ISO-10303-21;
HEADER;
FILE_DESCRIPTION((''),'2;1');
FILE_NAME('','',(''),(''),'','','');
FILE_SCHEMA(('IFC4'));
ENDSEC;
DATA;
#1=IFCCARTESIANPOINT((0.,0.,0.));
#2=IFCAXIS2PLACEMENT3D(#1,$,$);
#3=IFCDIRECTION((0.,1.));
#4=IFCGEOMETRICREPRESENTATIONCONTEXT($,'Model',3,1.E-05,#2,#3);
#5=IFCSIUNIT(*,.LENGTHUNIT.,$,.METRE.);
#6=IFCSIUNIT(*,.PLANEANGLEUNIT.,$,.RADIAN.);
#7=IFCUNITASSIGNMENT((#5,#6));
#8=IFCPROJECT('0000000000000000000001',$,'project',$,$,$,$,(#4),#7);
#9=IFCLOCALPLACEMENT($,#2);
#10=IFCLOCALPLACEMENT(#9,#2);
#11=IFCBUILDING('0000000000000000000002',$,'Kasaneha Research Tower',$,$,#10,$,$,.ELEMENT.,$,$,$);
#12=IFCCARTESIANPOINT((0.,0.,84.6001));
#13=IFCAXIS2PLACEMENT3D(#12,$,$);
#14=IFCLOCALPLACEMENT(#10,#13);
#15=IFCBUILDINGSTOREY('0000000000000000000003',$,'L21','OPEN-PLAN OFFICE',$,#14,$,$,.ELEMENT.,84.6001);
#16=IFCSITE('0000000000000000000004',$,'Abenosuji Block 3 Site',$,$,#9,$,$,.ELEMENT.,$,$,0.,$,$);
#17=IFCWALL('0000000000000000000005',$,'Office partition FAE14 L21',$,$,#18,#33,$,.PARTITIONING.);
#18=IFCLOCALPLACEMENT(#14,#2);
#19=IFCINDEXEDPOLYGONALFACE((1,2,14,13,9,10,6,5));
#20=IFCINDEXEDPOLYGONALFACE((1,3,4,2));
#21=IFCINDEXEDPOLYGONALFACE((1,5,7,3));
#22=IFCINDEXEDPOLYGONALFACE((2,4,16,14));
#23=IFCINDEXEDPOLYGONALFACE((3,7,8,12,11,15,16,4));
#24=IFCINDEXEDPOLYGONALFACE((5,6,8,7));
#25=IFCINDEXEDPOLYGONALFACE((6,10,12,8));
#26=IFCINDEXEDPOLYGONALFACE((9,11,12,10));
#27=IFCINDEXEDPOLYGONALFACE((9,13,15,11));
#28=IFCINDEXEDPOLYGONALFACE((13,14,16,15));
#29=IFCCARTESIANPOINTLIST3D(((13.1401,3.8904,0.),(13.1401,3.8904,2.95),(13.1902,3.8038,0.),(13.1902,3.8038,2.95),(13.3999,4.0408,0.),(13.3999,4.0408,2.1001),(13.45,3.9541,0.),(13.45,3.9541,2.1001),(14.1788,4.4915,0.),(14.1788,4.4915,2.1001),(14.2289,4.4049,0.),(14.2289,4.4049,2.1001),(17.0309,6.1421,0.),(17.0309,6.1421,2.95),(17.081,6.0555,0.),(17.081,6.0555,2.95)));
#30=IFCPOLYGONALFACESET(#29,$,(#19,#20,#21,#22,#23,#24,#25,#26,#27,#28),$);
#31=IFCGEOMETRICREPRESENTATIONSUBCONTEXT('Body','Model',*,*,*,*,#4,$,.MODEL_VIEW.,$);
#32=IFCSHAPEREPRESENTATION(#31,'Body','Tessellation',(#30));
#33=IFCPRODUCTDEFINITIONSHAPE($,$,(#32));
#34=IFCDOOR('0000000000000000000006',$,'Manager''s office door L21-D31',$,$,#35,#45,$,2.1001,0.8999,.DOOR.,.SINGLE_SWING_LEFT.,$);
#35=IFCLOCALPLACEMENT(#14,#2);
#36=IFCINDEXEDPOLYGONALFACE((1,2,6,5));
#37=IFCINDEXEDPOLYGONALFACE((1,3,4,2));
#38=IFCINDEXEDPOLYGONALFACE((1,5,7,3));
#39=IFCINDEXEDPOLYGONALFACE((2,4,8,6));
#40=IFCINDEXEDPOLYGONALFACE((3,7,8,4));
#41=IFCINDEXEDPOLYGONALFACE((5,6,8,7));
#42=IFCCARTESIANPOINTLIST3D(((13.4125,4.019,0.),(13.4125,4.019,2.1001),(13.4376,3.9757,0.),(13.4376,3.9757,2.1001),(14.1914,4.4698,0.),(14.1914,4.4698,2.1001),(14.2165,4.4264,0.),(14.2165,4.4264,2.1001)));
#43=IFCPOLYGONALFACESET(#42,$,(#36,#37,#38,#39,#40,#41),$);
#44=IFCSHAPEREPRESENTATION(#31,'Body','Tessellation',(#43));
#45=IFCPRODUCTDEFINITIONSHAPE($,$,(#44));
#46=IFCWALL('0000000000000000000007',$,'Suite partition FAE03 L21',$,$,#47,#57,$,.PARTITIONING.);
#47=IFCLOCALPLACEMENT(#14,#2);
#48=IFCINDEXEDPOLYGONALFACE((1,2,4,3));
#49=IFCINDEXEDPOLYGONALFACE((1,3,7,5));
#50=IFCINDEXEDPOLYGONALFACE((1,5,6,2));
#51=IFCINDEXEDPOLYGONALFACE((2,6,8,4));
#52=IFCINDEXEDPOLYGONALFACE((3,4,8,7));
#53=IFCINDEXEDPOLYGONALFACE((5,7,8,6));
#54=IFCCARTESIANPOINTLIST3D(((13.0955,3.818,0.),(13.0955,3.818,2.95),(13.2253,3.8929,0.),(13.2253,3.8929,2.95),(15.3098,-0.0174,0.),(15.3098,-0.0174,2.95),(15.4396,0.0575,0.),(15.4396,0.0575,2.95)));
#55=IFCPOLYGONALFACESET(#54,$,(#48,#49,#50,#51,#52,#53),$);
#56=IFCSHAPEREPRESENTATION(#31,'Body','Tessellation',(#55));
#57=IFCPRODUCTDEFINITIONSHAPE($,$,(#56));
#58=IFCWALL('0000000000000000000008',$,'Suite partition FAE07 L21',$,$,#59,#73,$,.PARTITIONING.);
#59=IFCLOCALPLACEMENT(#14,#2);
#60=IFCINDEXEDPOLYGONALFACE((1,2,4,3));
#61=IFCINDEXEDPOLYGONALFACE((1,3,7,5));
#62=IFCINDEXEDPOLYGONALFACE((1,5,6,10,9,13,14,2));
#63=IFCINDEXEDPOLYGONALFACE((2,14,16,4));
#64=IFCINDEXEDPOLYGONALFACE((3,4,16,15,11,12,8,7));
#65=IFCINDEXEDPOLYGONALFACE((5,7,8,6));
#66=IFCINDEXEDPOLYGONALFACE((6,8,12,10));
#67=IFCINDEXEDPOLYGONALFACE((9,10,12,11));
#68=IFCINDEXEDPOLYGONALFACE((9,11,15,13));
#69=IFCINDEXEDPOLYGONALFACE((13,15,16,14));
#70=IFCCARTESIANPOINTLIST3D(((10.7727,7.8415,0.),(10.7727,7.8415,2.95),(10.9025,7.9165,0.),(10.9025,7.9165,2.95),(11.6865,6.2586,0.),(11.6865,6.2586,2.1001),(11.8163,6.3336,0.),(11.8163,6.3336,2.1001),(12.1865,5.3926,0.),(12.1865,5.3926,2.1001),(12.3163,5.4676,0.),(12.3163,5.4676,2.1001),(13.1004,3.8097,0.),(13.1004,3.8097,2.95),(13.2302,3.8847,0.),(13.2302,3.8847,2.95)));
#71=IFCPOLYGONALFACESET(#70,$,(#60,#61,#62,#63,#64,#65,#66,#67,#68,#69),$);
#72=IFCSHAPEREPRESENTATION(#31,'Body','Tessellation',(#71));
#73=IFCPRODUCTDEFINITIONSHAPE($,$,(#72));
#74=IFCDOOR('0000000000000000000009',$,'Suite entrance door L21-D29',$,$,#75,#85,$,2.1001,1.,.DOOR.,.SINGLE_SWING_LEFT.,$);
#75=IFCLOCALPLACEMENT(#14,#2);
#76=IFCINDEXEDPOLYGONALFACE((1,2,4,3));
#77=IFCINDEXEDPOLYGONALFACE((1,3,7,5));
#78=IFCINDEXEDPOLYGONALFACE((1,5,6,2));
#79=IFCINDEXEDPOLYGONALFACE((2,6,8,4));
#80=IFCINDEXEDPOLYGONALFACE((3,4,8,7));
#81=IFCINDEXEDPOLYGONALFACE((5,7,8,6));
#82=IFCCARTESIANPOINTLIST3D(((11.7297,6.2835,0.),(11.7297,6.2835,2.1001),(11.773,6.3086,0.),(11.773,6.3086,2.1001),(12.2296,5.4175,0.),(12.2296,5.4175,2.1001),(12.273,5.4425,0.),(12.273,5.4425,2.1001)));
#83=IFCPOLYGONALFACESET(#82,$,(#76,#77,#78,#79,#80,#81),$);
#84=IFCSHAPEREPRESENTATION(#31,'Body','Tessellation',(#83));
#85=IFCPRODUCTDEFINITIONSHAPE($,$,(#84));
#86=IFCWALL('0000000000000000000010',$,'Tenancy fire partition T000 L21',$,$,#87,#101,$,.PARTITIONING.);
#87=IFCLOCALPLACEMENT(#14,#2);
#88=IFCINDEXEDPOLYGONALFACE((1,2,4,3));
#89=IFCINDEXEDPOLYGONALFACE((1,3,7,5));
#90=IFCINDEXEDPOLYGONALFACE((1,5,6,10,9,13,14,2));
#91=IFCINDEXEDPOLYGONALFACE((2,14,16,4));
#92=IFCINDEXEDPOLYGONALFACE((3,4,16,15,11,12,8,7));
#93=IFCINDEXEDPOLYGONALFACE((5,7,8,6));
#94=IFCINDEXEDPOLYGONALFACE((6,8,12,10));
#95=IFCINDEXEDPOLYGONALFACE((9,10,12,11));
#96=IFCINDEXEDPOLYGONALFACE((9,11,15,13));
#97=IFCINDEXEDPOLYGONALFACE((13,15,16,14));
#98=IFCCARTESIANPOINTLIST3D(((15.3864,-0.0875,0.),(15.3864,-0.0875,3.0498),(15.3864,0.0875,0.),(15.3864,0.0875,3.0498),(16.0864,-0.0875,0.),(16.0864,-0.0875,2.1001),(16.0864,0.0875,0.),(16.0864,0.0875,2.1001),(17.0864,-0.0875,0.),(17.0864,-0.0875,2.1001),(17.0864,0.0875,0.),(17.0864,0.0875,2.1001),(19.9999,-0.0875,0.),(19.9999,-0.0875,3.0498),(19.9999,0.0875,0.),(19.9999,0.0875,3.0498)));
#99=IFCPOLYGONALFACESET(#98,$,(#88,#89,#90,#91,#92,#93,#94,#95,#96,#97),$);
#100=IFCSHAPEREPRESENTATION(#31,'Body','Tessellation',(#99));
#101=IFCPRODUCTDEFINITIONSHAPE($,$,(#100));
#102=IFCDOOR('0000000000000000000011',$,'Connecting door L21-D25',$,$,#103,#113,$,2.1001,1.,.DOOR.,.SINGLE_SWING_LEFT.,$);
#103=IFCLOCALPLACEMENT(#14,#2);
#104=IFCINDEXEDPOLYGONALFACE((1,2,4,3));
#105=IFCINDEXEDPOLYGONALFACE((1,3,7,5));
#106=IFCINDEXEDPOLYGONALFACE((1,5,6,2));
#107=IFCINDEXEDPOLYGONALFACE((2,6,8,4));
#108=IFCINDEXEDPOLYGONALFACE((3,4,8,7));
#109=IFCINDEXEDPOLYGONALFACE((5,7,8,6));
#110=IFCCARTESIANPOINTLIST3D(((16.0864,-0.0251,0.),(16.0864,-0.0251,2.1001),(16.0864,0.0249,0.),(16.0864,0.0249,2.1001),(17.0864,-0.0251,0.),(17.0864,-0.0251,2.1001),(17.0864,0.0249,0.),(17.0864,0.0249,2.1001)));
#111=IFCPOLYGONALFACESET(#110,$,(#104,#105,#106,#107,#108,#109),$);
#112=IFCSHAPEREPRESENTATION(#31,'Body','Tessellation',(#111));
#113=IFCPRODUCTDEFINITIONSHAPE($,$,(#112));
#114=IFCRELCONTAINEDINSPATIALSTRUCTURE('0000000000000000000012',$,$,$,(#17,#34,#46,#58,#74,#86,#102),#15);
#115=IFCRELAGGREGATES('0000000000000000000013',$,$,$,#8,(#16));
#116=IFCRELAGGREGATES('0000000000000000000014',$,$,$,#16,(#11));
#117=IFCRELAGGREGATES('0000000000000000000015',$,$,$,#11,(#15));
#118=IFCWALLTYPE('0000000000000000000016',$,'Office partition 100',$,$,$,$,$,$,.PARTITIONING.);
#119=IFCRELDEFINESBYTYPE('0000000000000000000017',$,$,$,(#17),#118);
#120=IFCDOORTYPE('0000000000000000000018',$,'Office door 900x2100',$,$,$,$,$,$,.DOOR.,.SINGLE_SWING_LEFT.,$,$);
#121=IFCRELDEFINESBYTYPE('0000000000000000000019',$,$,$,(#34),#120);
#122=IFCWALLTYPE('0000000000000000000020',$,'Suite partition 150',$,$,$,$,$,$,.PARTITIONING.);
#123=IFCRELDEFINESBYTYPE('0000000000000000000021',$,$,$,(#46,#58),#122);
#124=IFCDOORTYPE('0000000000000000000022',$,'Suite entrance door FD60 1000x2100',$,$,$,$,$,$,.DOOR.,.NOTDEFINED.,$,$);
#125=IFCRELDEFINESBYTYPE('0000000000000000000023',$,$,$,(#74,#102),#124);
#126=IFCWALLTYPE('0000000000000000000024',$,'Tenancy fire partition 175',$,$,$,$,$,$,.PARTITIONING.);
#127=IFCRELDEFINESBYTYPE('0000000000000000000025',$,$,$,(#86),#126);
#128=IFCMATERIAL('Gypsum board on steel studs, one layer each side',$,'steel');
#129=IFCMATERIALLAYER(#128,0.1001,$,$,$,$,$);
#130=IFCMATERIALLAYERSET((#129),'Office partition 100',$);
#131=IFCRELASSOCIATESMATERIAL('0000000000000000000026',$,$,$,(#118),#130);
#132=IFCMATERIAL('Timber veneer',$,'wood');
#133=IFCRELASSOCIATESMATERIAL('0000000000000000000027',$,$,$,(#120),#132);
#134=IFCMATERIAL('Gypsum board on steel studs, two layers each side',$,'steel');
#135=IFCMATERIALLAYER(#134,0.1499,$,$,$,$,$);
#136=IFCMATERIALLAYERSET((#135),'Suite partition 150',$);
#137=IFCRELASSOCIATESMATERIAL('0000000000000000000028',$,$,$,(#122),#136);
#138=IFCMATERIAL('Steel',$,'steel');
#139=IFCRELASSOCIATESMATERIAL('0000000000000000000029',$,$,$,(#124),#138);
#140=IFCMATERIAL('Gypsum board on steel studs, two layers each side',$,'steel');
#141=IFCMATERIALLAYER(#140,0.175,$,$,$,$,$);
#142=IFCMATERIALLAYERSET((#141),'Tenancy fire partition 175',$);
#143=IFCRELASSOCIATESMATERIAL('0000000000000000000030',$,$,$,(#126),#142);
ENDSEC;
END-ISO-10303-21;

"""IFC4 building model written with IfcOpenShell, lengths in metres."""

from ifc_helpers import new_model, si_unit, direction, frame, frame_2d, origin, place, context, subcontext, project, spatial, rectangle, extrude, material, layer, layer_set, type_object, element, fill, save


model = new_model("IFC4")

# Units and contexts
model_context = context("Model", 3, precision=1e-05, world=origin(), true_north=direction((0.0, 1.0)))
body_context = subcontext(model_context, "Body", "Model", "MODEL_VIEW")
ifc_project = project(units=[si_unit("LENGTHUNIT", "METRE"), si_unit("PLANEANGLEUNIT", "RADIAN")], contexts=[model_context])

# Site, building, storey
site_placement = place(None, origin())
site = spatial("IfcSite", under=ifc_project, at=site_placement, Name="Abenosuji Block 3 Site", CompositionType="ELEMENT", RefElevation=0.0)
building_placement = place(site_placement, origin())
building = spatial("IfcBuilding", under=site, at=building_placement, Name="Kasaneha Research Tower", CompositionType="ELEMENT")
storey_placement = place(building_placement, frame((0.0, 0.0, 84.6001)))
storey = spatial("IfcBuildingStorey", under=building, at=storey_placement, Name="L21", Description="OPEN-PLAN OFFICE", CompositionType="ELEMENT", Elevation=84.6001)

# Shared definitions
ifc_material_1 = material(Name="Gypsum board on steel studs, one layer each side", Category="steel")
ifc_layer_1 = layer(ifc_material_1, 0.1001)
ifc_layer_set_1 = layer_set([ifc_layer_1], Name="Office partition 100")
wall_type_1 = type_object("IfcWallType", Name="Office partition 100", PredefinedType="PARTITIONING", material=ifc_layer_set_1)

# Wall, opening, door
wall_1_placement = place(storey_placement, frame((13.1653, 3.8472, 0.0), z_axis=(0.0, 0.0, 1.0), x_axis=(0.865513, 0.500886, 0.0)))
wall_1 = element("IfcWall", 1, at=wall_1_placement, inside=storey, type_object=wall_type_1, Name="Office partition FAE14 L21", PredefinedType="PARTITIONING", context=body_context, shape_type="SweptSolid", body=[
    extrude(rectangle(XDim=4.4954, YDim=0.1001, at=frame_2d((2.2476, 0.0))), origin(), (0.0, 0.0, 1.0), 2.95),
])
opening_1_placement = place(wall_1_placement, frame((0.3, 0.0, 0.0)))
opening_1 = element("IfcOpeningElement", 2, at=opening_1_placement, cuts=wall_1, PredefinedType="OPENING", context=body_context, shape_type="SweptSolid", body=[
    extrude(rectangle(XDim=0.8999, YDim=2.1001, at=frame_2d((0.45, 1.05))), frame((0.0, 0.0601, 0.0), z_axis=(0.0, -1.0, 0.0), x_axis=(1.0, 0.0, 0.0)), (0.0, 0.0, 1.0), 0.1201),
])
ifc_material_2 = material(Name="Timber veneer", Category="wood")
door_type_1 = type_object("IfcDoorType", Name="Office door 900x2100", OperationType="SINGLE_SWING_LEFT", PredefinedType="DOOR", material=ifc_material_2)
door_1_placement = place(opening_1_placement, origin())
door_1 = element("IfcDoor", 3, at=door_1_placement, inside=storey, type_object=door_type_1, Name="Manager's office door L21-D31", OperationType="SINGLE_SWING_LEFT", OverallHeight=2.1001, OverallWidth=0.8999, PredefinedType="DOOR", context=body_context, shape_type="SweptSolid", body=[
    extrude(rectangle(XDim=0.8999, YDim=2.1001, at=frame_2d((0.45, 1.05))), frame((0.0, 0.0249, 0.0), z_axis=(0.0, -1.0, 0.0), x_axis=(1.0, 0.0, 0.0)), (0.0, 0.0, 1.0), 0.05),
])
fill(opening_1, door_1)

# Wall
ifc_material_3 = material(Name="Gypsum board on steel studs, two layers each side", Category="steel")
ifc_layer_2 = layer(ifc_material_3, 0.1499)
ifc_layer_set_2 = layer_set([ifc_layer_2], Name="Suite partition 150")
wall_type_2 = type_object("IfcWallType", Name="Suite partition 150", PredefinedType="PARTITIONING", material=ifc_layer_set_2)
wall_2_placement = place(storey_placement, frame((13.1604, 3.8555, 0.0), z_axis=(0.0, 0.0, 1.0), x_axis=(0.499993, -0.86603, 0.0)))
element("IfcWall", 4, at=wall_2_placement, inside=storey, type_object=wall_type_2, Name="Suite partition FAE03 L21", PredefinedType="PARTITIONING", context=body_context, shape_type="SweptSolid", body=[
    extrude(rectangle(XDim=4.4287, YDim=0.1499, at=frame_2d((2.2144, 0.0))), origin(), (0.0, 0.0, 1.0), 2.95),
])

# Walls, openings, doors
wall_3_placement = place(storey_placement, frame((10.8376, 7.8789, 0.0), z_axis=(0.0, 0.0, 1.0), x_axis=(0.499986, -0.866034, 0.0)))
wall_3 = element("IfcWall", 5, at=wall_3_placement, inside=storey, type_object=wall_type_2, Name="Suite partition FAE07 L21", PredefinedType="PARTITIONING", context=body_context, shape_type="SweptSolid", body=[
    extrude(rectangle(XDim=4.6555, YDim=0.1499, at=frame_2d((2.3276, 0.0))), origin(), (0.0, 0.0, 1.0), 2.95),
])
opening_2_placement = place(wall_3_placement, frame((1.8276, 0.0, 0.0)))
opening_2 = element("IfcOpeningElement", 6, at=opening_2_placement, cuts=wall_3, PredefinedType="OPENING", context=body_context, shape_type="SweptSolid", body=[
    extrude(rectangle(XDim=1.0, YDim=2.1001, at=frame_2d((0.5, 1.05))), frame((0.0, 0.085, 0.0), z_axis=(0.0, -1.0, 0.0), x_axis=(1.0, 0.0, 0.0)), (0.0, 0.0, 1.0), 0.1699),
])
ifc_material_4 = material(Name="Steel", Category="steel")
door_type_2 = type_object("IfcDoorType", Name="Suite entrance door FD60 1000x2100", OperationType="NOTDEFINED", PredefinedType="DOOR", material=ifc_material_4)
door_2_placement = place(opening_2_placement, origin())
door_2 = element("IfcDoor", 7, at=door_2_placement, inside=storey, type_object=door_type_2, Name="Suite entrance door L21-D29", OperationType="SINGLE_SWING_LEFT", OverallHeight=2.1001, OverallWidth=1.0, PredefinedType="DOOR", context=body_context, shape_type="SweptSolid", body=[
    extrude(rectangle(XDim=1.0, YDim=2.1001, at=frame_2d((0.5, 1.05))), frame((0.0, 0.0249, 0.0), z_axis=(0.0, -1.0, 0.0), x_axis=(1.0, 0.0, 0.0)), (0.0, 0.0, 1.0), 0.05),
])
fill(opening_2, door_2)
ifc_material_5 = material(Name="Gypsum board on steel studs, two layers each side", Category="steel")
ifc_layer_3 = layer(ifc_material_5, 0.175)
ifc_layer_set_3 = layer_set([ifc_layer_3], Name="Tenancy fire partition 175")
wall_type_3 = type_object("IfcWallType", Name="Tenancy fire partition 175", PredefinedType="PARTITIONING", material=ifc_layer_set_3)
wall_4_placement = place(storey_placement, frame((15.3865, 0.0, 0.0), z_axis=(0.0, 0.0, 1.0), x_axis=(1.0, 0.0, 0.0)))
wall_4 = element("IfcWall", 8, at=wall_4_placement, inside=storey, type_object=wall_type_3, Name="Tenancy fire partition T000 L21", PredefinedType="PARTITIONING", context=body_context, shape_type="SweptSolid", body=[
    extrude(rectangle(XDim=4.6135, YDim=0.175, at=frame_2d((2.3066, 0.0))), origin(), (0.0, 0.0, 1.0), 3.0498),
])
opening_3_placement = place(wall_4_placement, frame((0.7, 0.0, 0.0)))
opening_3 = element("IfcOpeningElement", 9, at=opening_3_placement, cuts=wall_4, PredefinedType="OPENING", context=body_context, shape_type="SweptSolid", body=[
    extrude(rectangle(XDim=1.0, YDim=2.1001, at=frame_2d((0.5, 1.05))), frame((0.0, 0.0977, 0.0), z_axis=(0.0, -1.0, 0.0), x_axis=(1.0, 0.0, 0.0)), (0.0, 0.0, 1.0), 0.1951),
])
door_3_placement = place(opening_3_placement, origin())
door_3 = element("IfcDoor", 10, at=door_3_placement, inside=storey, type_object=door_type_2, Name="Connecting door L21-D25", OperationType="SINGLE_SWING_LEFT", OverallHeight=2.1001, OverallWidth=1.0, PredefinedType="DOOR", context=body_context, shape_type="SweptSolid", body=[
    extrude(rectangle(XDim=1.0, YDim=2.1001, at=frame_2d((0.5, 1.05))), frame((0.0, 0.0249, 0.0), z_axis=(0.0, -1.0, 0.0), x_axis=(1.0, 0.0, 0.0)), (0.0, 0.0, 1.0), 0.05),
])
fill(opening_3, door_3)

save(model, "model.ifc")
